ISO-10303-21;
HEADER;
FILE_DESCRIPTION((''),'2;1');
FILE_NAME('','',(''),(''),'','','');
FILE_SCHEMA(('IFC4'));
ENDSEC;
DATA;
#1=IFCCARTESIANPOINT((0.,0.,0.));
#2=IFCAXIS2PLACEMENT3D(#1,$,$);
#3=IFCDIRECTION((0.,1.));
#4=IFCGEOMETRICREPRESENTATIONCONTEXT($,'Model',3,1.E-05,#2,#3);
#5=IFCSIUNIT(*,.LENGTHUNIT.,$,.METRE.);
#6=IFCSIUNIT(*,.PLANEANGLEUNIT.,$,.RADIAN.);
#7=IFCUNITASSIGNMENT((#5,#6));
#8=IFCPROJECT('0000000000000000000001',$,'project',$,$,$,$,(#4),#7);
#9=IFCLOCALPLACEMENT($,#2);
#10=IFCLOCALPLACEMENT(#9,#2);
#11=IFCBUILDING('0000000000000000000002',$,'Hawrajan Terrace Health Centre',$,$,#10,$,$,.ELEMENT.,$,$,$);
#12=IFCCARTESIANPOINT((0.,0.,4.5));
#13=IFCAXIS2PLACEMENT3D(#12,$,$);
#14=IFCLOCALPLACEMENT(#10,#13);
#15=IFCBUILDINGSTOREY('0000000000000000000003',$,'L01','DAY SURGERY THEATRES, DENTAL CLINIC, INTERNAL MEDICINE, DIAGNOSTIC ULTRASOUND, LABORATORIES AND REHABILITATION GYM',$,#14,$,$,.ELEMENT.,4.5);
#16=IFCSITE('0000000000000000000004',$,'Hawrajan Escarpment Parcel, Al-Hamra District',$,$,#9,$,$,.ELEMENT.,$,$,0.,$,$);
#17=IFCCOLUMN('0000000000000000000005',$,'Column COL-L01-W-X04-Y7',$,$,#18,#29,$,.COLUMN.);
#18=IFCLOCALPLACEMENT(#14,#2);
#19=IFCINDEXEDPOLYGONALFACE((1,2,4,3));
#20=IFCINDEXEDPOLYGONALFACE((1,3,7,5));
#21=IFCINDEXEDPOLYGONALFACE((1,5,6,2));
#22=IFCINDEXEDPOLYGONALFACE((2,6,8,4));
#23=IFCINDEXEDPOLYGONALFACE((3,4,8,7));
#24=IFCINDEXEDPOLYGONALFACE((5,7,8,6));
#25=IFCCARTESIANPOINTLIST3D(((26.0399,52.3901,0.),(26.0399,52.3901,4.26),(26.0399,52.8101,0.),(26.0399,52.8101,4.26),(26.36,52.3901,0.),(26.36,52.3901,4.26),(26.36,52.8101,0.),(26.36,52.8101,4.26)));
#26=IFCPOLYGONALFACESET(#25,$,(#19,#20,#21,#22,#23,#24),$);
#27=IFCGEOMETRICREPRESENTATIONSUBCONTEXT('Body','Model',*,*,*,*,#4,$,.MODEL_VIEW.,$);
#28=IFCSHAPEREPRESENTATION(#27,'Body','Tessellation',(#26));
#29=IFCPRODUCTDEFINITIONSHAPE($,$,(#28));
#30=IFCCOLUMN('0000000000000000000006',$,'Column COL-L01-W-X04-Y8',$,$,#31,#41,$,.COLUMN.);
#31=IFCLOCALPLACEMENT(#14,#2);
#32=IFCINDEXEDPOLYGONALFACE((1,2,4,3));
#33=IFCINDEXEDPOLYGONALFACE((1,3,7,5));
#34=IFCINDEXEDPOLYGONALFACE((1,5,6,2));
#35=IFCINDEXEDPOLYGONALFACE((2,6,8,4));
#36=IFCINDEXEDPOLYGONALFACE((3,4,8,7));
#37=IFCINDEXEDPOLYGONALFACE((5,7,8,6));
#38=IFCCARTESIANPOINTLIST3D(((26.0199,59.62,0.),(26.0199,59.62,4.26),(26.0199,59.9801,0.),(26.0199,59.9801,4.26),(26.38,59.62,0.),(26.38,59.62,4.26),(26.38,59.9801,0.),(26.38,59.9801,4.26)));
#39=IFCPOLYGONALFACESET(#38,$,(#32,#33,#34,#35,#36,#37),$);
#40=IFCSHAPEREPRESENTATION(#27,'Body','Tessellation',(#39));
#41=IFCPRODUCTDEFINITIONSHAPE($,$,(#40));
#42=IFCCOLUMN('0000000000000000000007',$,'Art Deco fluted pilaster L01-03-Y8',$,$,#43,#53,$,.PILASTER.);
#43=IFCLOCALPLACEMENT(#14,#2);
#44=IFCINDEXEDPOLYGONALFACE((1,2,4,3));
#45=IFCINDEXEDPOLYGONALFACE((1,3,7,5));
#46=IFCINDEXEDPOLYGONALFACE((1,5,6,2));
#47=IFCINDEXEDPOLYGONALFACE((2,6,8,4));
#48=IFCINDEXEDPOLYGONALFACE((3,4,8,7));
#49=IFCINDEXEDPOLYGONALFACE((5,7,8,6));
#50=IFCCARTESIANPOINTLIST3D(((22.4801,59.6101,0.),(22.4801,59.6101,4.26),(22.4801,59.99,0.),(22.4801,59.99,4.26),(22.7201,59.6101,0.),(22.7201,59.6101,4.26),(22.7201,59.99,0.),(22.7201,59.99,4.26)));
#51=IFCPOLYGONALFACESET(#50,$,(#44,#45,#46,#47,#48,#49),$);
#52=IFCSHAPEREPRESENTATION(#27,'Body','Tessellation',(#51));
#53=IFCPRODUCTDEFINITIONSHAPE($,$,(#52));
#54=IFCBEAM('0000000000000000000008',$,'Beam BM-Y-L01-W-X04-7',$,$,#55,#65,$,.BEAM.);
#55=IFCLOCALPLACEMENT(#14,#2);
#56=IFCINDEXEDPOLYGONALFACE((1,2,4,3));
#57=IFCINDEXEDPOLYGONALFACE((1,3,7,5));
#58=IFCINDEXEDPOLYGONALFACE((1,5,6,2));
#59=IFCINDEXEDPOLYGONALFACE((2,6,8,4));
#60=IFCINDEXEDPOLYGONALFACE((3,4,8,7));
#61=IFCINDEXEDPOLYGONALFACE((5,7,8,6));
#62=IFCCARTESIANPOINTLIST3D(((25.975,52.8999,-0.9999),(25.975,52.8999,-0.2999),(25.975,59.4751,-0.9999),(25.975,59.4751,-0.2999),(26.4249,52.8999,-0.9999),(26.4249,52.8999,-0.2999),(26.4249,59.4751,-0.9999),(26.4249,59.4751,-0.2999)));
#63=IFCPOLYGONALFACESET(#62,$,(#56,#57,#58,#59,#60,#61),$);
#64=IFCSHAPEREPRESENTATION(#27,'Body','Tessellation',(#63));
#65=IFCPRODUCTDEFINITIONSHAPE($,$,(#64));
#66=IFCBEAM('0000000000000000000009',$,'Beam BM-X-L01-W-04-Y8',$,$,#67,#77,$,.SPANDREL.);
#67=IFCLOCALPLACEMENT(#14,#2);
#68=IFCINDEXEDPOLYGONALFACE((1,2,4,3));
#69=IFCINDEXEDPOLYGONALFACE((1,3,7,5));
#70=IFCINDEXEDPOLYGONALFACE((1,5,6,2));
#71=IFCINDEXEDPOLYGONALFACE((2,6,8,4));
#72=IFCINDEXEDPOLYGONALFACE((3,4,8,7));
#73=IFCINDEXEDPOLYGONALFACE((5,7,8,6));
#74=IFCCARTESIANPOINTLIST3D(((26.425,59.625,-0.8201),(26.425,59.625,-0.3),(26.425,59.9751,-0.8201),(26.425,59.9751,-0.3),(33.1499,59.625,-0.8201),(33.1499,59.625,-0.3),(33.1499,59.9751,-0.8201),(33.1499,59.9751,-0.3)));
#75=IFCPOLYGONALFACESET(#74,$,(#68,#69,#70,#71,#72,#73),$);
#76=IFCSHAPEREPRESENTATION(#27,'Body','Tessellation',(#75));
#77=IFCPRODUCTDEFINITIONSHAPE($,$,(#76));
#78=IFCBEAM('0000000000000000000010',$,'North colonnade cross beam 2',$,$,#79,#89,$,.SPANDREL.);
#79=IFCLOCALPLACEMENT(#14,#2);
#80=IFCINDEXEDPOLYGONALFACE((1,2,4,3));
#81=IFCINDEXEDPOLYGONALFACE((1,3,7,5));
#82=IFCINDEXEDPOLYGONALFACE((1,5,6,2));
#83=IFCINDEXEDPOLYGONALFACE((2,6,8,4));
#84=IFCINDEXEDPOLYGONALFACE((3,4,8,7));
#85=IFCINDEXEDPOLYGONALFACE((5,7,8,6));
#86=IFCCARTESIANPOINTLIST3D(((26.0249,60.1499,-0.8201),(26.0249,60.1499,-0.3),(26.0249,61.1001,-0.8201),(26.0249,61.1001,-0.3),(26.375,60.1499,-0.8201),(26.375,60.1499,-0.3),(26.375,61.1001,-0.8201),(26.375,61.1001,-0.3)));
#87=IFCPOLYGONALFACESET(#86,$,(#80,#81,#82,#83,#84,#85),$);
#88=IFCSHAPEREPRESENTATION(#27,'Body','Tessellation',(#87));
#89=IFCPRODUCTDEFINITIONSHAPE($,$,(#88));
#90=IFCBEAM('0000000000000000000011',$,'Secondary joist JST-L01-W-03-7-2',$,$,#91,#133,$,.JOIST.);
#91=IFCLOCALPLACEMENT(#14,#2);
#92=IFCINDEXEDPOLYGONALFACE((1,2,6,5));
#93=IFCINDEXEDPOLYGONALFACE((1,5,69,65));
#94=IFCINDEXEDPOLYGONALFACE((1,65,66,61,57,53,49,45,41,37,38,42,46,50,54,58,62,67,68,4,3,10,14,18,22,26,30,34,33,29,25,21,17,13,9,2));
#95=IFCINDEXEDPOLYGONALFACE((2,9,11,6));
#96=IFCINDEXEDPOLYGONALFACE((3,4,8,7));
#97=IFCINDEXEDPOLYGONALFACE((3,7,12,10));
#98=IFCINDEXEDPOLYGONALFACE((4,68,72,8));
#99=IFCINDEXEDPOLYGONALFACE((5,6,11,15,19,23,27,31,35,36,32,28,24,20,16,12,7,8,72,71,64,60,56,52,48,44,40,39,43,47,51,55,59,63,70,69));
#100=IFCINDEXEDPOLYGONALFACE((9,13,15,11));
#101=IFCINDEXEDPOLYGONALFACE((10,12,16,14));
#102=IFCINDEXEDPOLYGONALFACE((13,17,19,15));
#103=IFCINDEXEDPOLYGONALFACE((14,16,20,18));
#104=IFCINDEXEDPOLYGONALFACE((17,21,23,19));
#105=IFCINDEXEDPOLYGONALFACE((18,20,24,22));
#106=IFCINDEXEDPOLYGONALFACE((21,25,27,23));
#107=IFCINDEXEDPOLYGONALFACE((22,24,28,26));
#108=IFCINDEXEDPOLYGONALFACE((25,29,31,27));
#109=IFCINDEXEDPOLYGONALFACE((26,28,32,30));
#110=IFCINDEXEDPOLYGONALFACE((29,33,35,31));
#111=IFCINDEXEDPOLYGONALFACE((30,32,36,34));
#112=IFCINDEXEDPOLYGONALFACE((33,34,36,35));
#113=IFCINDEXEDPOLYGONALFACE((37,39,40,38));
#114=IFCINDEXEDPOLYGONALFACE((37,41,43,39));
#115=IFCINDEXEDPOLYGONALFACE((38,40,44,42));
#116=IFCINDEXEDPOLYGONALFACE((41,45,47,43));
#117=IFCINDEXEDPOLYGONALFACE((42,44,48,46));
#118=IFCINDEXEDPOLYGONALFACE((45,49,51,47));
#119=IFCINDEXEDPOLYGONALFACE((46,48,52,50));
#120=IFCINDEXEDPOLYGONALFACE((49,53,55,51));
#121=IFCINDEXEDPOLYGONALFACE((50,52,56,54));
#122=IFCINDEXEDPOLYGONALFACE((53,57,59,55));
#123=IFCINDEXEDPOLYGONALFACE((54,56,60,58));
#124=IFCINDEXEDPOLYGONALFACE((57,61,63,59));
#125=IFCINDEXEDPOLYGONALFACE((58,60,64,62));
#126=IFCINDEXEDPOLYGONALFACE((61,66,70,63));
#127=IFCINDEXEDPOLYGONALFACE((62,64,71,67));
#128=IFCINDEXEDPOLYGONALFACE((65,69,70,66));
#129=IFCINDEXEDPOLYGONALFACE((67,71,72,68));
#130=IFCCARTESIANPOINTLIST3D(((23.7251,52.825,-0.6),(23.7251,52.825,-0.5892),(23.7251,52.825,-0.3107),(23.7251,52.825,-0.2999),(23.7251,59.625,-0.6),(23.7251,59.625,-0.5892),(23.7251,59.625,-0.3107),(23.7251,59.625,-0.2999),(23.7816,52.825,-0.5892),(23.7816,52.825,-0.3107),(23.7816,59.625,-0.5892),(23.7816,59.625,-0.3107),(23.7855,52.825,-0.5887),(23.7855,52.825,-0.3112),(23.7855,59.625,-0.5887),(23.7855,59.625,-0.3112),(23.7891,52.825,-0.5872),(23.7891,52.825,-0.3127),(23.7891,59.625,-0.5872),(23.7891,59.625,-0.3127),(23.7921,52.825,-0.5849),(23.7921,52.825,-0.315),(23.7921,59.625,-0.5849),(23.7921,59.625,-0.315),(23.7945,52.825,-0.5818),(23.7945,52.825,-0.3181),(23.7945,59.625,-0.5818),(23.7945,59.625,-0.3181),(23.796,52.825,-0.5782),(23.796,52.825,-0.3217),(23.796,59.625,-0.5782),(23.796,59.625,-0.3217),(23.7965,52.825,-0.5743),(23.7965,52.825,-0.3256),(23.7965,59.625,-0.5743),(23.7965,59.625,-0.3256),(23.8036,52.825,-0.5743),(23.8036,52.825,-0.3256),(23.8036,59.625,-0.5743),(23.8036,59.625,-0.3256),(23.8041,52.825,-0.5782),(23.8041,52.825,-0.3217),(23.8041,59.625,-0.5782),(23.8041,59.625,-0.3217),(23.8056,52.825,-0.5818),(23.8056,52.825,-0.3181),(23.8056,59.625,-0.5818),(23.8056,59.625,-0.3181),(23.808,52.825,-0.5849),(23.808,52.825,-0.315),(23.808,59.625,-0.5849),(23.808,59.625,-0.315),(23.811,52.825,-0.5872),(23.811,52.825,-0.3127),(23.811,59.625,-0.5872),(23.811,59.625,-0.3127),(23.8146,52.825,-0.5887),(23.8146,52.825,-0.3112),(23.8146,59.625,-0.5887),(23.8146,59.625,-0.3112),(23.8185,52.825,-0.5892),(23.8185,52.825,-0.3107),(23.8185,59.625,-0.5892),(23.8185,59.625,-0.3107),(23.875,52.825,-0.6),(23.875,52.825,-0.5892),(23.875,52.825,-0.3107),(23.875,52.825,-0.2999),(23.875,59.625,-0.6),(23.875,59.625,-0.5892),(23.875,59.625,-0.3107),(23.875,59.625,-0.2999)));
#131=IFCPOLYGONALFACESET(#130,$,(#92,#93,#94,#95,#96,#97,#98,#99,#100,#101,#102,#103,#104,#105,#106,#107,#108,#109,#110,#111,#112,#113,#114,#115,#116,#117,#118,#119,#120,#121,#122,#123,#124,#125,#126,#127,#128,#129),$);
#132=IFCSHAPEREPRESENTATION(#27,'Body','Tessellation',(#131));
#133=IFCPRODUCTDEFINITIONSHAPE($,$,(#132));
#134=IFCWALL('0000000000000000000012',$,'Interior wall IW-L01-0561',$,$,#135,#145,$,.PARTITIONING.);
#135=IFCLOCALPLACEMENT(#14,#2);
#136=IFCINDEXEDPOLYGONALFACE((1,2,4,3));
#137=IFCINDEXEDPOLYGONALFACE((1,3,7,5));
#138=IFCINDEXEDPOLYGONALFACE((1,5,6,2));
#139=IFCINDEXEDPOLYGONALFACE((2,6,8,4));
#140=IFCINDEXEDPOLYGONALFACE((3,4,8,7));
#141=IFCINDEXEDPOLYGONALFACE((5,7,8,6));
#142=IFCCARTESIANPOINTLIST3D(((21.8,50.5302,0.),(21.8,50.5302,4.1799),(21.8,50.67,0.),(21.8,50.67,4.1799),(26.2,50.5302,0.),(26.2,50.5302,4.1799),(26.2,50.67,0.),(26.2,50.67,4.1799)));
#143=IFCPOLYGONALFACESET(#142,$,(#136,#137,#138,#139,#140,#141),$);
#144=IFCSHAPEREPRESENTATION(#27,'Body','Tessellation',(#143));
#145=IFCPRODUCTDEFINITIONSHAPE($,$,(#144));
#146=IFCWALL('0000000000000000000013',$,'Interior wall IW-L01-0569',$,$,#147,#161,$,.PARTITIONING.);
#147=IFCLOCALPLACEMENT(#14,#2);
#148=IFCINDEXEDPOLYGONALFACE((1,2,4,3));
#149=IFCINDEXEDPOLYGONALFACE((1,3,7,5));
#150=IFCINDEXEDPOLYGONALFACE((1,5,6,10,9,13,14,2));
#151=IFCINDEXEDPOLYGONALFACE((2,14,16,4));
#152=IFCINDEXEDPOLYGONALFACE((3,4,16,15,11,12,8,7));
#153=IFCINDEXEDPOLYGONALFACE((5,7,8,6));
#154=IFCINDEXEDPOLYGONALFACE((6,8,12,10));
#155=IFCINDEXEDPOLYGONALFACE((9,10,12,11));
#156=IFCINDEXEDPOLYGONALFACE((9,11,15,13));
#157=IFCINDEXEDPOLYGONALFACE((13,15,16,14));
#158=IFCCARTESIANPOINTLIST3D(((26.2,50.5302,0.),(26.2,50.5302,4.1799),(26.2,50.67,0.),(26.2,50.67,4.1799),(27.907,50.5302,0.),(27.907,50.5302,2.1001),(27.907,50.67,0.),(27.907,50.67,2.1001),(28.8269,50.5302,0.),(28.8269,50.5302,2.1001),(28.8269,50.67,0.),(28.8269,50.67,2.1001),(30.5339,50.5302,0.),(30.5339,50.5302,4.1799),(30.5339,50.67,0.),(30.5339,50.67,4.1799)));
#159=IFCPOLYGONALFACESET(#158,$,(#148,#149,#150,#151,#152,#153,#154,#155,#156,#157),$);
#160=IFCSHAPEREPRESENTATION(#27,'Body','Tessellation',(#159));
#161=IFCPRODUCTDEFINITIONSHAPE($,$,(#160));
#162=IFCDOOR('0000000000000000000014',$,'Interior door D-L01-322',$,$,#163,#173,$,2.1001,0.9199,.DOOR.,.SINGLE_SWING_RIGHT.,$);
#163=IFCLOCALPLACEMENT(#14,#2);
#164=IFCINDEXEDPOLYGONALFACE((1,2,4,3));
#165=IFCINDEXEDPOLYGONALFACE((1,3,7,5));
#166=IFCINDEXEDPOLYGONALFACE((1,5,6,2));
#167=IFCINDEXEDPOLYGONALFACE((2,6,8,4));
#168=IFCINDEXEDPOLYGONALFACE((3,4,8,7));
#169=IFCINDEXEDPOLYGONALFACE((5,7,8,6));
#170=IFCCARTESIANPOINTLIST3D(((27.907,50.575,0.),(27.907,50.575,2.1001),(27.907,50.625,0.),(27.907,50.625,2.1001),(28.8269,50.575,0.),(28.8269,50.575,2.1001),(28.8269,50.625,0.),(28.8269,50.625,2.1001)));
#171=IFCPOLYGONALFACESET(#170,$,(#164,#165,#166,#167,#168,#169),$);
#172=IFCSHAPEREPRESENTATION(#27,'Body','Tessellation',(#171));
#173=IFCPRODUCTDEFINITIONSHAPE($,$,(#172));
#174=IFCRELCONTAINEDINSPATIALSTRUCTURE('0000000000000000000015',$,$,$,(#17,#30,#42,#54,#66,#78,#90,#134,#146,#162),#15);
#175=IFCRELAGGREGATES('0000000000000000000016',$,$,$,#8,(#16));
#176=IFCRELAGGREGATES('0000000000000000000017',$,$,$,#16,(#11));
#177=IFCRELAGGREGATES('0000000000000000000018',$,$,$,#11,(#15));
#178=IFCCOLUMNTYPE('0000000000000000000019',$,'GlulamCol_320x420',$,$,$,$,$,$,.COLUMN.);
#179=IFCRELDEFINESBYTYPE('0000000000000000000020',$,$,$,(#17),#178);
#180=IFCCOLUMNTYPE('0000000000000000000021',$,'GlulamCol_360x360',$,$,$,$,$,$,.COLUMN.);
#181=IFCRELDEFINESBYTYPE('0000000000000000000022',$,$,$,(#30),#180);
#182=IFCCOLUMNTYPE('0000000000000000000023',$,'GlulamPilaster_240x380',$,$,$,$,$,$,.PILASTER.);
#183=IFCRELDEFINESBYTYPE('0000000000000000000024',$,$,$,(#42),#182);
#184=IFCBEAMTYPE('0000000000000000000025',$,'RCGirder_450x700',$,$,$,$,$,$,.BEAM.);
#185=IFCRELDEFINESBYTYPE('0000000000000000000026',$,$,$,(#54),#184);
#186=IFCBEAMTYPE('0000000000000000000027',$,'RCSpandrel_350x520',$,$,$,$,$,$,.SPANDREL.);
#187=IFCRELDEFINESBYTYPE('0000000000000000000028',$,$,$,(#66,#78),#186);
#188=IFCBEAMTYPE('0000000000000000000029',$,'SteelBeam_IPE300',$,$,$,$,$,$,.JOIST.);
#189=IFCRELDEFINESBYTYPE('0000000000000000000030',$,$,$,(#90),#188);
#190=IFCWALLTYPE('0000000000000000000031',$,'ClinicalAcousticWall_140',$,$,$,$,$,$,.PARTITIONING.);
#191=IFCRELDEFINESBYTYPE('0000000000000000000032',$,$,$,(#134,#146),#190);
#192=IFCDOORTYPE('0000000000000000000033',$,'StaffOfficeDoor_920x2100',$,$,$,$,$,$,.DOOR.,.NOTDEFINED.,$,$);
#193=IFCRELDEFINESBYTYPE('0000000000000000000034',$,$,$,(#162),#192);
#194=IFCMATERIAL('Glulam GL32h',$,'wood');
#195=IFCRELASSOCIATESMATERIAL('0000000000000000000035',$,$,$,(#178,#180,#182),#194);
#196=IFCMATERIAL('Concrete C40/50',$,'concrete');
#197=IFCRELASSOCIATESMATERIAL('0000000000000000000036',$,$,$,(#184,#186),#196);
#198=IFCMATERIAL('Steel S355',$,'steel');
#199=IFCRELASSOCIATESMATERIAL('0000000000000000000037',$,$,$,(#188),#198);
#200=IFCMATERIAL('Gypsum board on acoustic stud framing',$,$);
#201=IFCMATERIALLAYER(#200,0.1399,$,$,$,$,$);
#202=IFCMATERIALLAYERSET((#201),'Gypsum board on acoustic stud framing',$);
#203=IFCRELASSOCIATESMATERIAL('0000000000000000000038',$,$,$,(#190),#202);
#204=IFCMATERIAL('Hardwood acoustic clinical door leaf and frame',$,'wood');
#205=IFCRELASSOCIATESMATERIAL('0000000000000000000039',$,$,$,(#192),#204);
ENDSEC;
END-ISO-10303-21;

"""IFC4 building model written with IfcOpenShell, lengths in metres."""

from ifc_helpers import new_model, si_unit, direction, frame, frame_2d, origin, origin_2d, place, context, subcontext, project, spatial, rectangle, i_section, extrude, material, layer, layer_set, material_profile, profile_set, type_object, element, fill, save


model = new_model("IFC4")

# Units and contexts
model_context = context("Model", 3, precision=1e-05, world=origin(), true_north=direction((0.0, 1.0)))
body_context = subcontext(model_context, "Body", "Model", "MODEL_VIEW")
ifc_project = project(units=[si_unit("LENGTHUNIT", "METRE"), si_unit("PLANEANGLEUNIT", "RADIAN")], contexts=[model_context])

# Site, building, storey
site_placement = place(None, origin())
site = spatial("IfcSite", under=ifc_project, at=site_placement, Name="Hawrajan Escarpment Parcel, Al-Hamra District", CompositionType="ELEMENT", RefElevation=0.0)
building_placement = place(site_placement, origin())
building = spatial("IfcBuilding", under=site, at=building_placement, Name="Hawrajan Terrace Health Centre", CompositionType="ELEMENT")
storey_placement = place(building_placement, frame((0.0, 0.0, 4.5)))
storey = spatial("IfcBuildingStorey", under=building, at=storey_placement, Name="L01", Description="DAY SURGERY THEATRES, DENTAL CLINIC, INTERNAL MEDICINE, DIAGNOSTIC ULTRASOUND, LABORATORIES AND REHABILITATION GYM", CompositionType="ELEMENT", Elevation=4.5)

# Columns
ifc_material_1 = material(Name="Glulam GL32h", Category="wood")
ifc_material_profile_1 = material_profile(ifc_material_1, rectangle(XDim=0.3201, YDim=0.4199, at=origin_2d()), Name="GL 320x420")
ifc_profile_set_1 = profile_set([ifc_material_profile_1], Name="Glulam GL32h")
column_type_1 = type_object("IfcColumnType", Name="GlulamCol_320x420", PredefinedType="COLUMN", material=ifc_profile_set_1)
column_1_placement = place(storey_placement, frame((26.2, 52.6001, 0.0), z_axis=(0.0, 0.0, 1.0), x_axis=(1.0, 0.0, 0.0)))
element("IfcColumn", 1, at=column_1_placement, inside=storey, type_object=column_type_1, Name="Column COL-L01-W-X04-Y7", PredefinedType="COLUMN", context=body_context, shape_type="SweptSolid", body=[
    extrude(rectangle(XDim=0.3201, YDim=0.4199, at=origin_2d()), origin(), (0.0, 0.0, 1.0), 4.26),
])
ifc_material_profile_2 = material_profile(ifc_material_1, rectangle(XDim=0.3601, YDim=0.3601, at=origin_2d()), Name="GL 360x360")
ifc_profile_set_2 = profile_set([ifc_material_profile_2], Name="Glulam GL32h")
column_type_2 = type_object("IfcColumnType", Name="GlulamCol_360x360", PredefinedType="COLUMN", material=ifc_profile_set_2)
column_2_placement = place(storey_placement, frame((26.2, 59.8, 0.0), z_axis=(0.0, 0.0, 1.0), x_axis=(1.0, 0.0, 0.0)))
element("IfcColumn", 2, at=column_2_placement, inside=storey, type_object=column_type_2, Name="Column COL-L01-W-X04-Y8", PredefinedType="COLUMN", context=body_context, shape_type="SweptSolid", body=[
    extrude(rectangle(XDim=0.3601, YDim=0.3601, at=origin_2d()), origin(), (0.0, 0.0, 1.0), 4.26),
])
ifc_material_profile_3 = material_profile(ifc_material_1, rectangle(XDim=0.24, YDim=0.3799, at=origin_2d()), Name="GL PIL 240x380")
ifc_profile_set_3 = profile_set([ifc_material_profile_3], Name="Glulam GL32h")
column_type_3 = type_object("IfcColumnType", Name="GlulamPilaster_240x380", PredefinedType="PILASTER", material=ifc_profile_set_3)
column_3_placement = place(storey_placement, frame((22.6001, 59.8, 0.0), z_axis=(0.0, 0.0, 1.0), x_axis=(1.0, 0.0, 0.0)))
element("IfcColumn", 3, at=column_3_placement, inside=storey, type_object=column_type_3, Name="Art Deco fluted pilaster L01-03-Y8", PredefinedType="PILASTER", context=body_context, shape_type="SweptSolid", body=[
    extrude(rectangle(XDim=0.24, YDim=0.3799, at=origin_2d()), origin(), (0.0, 0.0, 1.0), 4.26),
])

# Beams
ifc_material_2 = material(Name="Concrete C40/50", Category="concrete")
ifc_material_profile_4 = material_profile(ifc_material_2, rectangle(XDim=0.45, YDim=0.7, at=origin_2d()), Name="RC BM 450x700")
ifc_profile_set_4 = profile_set([ifc_material_profile_4], Name="Concrete C40/50")
beam_type_1 = type_object("IfcBeamType", Name="RCGirder_450x700", PredefinedType="BEAM", material=ifc_profile_set_4)
beam_1_placement = place(storey_placement, frame((26.2, 52.8999, -0.6499), z_axis=(0.0, 1.0, 0.0), x_axis=(-1.0, 0.0, 0.0)))
element("IfcBeam", 4, at=beam_1_placement, inside=storey, type_object=beam_type_1, Name="Beam BM-Y-L01-W-X04-7", PredefinedType="BEAM", context=body_context, shape_type="SweptSolid", body=[
    extrude(rectangle(XDim=0.45, YDim=0.7, at=origin_2d()), origin(), (0.0, 0.0, 1.0), 6.5752),
])
ifc_material_profile_5 = material_profile(ifc_material_2, rectangle(XDim=0.3501, YDim=0.52, at=origin_2d()), Name="RC SP 350x520")
ifc_profile_set_5 = profile_set([ifc_material_profile_5], Name="Concrete C40/50")
beam_type_2 = type_object("IfcBeamType", Name="RCSpandrel_350x520", PredefinedType="SPANDREL", material=ifc_profile_set_5)
beam_2_placement = place(storey_placement, frame((26.425, 59.8, -0.5601), z_axis=(1.0, 0.0, 0.0), x_axis=(0.0, 1.0, 0.0)))
element("IfcBeam", 5, at=beam_2_placement, inside=storey, type_object=beam_type_2, Name="Beam BM-X-L01-W-04-Y8", PredefinedType="SPANDREL", context=body_context, shape_type="SweptSolid", body=[
    extrude(rectangle(XDim=0.3501, YDim=0.52, at=origin_2d()), origin(), (0.0, 0.0, 1.0), 6.7249),
])
beam_3_placement = place(storey_placement, frame((26.2, 60.1499, -0.5601), z_axis=(0.0, 1.0, 0.0), x_axis=(-1.0, 0.0, 0.0)))
element("IfcBeam", 6, at=beam_3_placement, inside=storey, type_object=beam_type_2, Name="North colonnade cross beam 2", PredefinedType="SPANDREL", context=body_context, shape_type="SweptSolid", body=[
    extrude(rectangle(XDim=0.3501, YDim=0.52, at=origin_2d()), origin(), (0.0, 0.0, 1.0), 0.9502),
])
ifc_material_3 = material(Name="Steel S355", Category="steel")
ifc_material_profile_6 = material_profile(ifc_material_3, i_section(OverallWidth=0.1499, OverallDepth=0.3, WebThickness=0.0071, FlangeThickness=0.0107, FilletRadius=0.0149, at=origin_2d()), Name="IPE 300")
ifc_profile_set_6 = profile_set([ifc_material_profile_6], Name="Steel S355")
beam_type_3 = type_object("IfcBeamType", Name="SteelBeam_IPE300", PredefinedType="JOIST", material=ifc_profile_set_6)
beam_4_placement = place(storey_placement, frame((23.8, 52.825, -0.45), z_axis=(0.0, 1.0, 0.0), x_axis=(-1.0, 0.0, 0.0)))
element("IfcBeam", 7, at=beam_4_placement, inside=storey, type_object=beam_type_3, Name="Secondary joist JST-L01-W-03-7-2", PredefinedType="JOIST", context=body_context, shape_type="SweptSolid", body=[
    extrude(i_section(OverallWidth=0.1499, OverallDepth=0.3, WebThickness=0.0071, FlangeThickness=0.0107, FilletRadius=0.0149, at=origin_2d()), origin(), (0.0, 0.0, 1.0), 6.8),
])

# Wall
ifc_material_4 = material(Name="Gypsum board on acoustic stud framing")
ifc_layer_1 = layer(ifc_material_4, 0.1399)
ifc_layer_set_1 = layer_set([ifc_layer_1], Name="Gypsum board on acoustic stud framing")
wall_type_1 = type_object("IfcWallType", Name="ClinicalAcousticWall_140", PredefinedType="PARTITIONING", material=ifc_layer_set_1)
wall_1_placement = place(storey_placement, frame((21.8, 50.6001, 0.0), z_axis=(0.0, 0.0, 1.0), x_axis=(1.0, 0.0, 0.0)))
element("IfcWall", 8, at=wall_1_placement, inside=storey, type_object=wall_type_1, Name="Interior wall IW-L01-0561", PredefinedType="PARTITIONING", context=body_context, shape_type="SweptSolid", body=[
    extrude(rectangle(XDim=4.3999, YDim=0.1399, at=frame_2d((2.2, 0.0))), origin(), (0.0, 0.0, 1.0), 4.1799),
])

# Wall, opening, door
ifc_material_5 = material(Name="Hardwood acoustic clinical door leaf and frame", Category="wood")
wall_2_placement = place(storey_placement, frame((26.2, 50.6001, 0.0), z_axis=(0.0, 0.0, 1.0), x_axis=(1.0, 0.0, 0.0)))
wall_2 = element("IfcWall", 9, at=wall_2_placement, inside=storey, type_object=wall_type_1, Name="Interior wall IW-L01-0569", PredefinedType="PARTITIONING", context=body_context, shape_type="SweptSolid", body=[
    extrude(rectangle(XDim=4.334, YDim=0.1399, at=frame_2d((2.167, 0.0))), origin(), (0.0, 0.0, 1.0), 4.1799),
])
opening_1_placement = place(wall_2_placement, frame((1.707, 0.0, 0.0)))
opening_1 = element("IfcOpeningElement", 10, at=opening_1_placement, cuts=wall_2, PredefinedType="OPENING", context=body_context, shape_type="SweptSolid", body=[
    extrude(rectangle(XDim=0.9199, YDim=2.1001, at=frame_2d((0.46, 1.05))), frame((0.0, 0.0798, 0.0), z_axis=(0.0, -1.0, 0.0), x_axis=(1.0, 0.0, 0.0)), (0.0, 0.0, 1.0), 0.1599),
])
door_type_1 = type_object("IfcDoorType", Name="StaffOfficeDoor_920x2100", OperationType="NOTDEFINED", PredefinedType="DOOR", material=ifc_material_5)
door_1_placement = place(opening_1_placement, origin())
door_1 = element("IfcDoor", 11, at=door_1_placement, inside=storey, type_object=door_type_1, Name="Interior door D-L01-322", OperationType="SINGLE_SWING_RIGHT", OverallHeight=2.1001, OverallWidth=0.9199, PredefinedType="DOOR", context=body_context, shape_type="SweptSolid", body=[
    extrude(rectangle(XDim=0.9199, YDim=2.1001, at=frame_2d((0.46, 1.05))), frame((0.0, 0.0249, 0.0), z_axis=(0.0, -1.0, 0.0), x_axis=(1.0, 0.0, 0.0)), (0.0, 0.0, 1.0), 0.05),
])
fill(opening_1, door_1)

save(model, "model.ifc")
